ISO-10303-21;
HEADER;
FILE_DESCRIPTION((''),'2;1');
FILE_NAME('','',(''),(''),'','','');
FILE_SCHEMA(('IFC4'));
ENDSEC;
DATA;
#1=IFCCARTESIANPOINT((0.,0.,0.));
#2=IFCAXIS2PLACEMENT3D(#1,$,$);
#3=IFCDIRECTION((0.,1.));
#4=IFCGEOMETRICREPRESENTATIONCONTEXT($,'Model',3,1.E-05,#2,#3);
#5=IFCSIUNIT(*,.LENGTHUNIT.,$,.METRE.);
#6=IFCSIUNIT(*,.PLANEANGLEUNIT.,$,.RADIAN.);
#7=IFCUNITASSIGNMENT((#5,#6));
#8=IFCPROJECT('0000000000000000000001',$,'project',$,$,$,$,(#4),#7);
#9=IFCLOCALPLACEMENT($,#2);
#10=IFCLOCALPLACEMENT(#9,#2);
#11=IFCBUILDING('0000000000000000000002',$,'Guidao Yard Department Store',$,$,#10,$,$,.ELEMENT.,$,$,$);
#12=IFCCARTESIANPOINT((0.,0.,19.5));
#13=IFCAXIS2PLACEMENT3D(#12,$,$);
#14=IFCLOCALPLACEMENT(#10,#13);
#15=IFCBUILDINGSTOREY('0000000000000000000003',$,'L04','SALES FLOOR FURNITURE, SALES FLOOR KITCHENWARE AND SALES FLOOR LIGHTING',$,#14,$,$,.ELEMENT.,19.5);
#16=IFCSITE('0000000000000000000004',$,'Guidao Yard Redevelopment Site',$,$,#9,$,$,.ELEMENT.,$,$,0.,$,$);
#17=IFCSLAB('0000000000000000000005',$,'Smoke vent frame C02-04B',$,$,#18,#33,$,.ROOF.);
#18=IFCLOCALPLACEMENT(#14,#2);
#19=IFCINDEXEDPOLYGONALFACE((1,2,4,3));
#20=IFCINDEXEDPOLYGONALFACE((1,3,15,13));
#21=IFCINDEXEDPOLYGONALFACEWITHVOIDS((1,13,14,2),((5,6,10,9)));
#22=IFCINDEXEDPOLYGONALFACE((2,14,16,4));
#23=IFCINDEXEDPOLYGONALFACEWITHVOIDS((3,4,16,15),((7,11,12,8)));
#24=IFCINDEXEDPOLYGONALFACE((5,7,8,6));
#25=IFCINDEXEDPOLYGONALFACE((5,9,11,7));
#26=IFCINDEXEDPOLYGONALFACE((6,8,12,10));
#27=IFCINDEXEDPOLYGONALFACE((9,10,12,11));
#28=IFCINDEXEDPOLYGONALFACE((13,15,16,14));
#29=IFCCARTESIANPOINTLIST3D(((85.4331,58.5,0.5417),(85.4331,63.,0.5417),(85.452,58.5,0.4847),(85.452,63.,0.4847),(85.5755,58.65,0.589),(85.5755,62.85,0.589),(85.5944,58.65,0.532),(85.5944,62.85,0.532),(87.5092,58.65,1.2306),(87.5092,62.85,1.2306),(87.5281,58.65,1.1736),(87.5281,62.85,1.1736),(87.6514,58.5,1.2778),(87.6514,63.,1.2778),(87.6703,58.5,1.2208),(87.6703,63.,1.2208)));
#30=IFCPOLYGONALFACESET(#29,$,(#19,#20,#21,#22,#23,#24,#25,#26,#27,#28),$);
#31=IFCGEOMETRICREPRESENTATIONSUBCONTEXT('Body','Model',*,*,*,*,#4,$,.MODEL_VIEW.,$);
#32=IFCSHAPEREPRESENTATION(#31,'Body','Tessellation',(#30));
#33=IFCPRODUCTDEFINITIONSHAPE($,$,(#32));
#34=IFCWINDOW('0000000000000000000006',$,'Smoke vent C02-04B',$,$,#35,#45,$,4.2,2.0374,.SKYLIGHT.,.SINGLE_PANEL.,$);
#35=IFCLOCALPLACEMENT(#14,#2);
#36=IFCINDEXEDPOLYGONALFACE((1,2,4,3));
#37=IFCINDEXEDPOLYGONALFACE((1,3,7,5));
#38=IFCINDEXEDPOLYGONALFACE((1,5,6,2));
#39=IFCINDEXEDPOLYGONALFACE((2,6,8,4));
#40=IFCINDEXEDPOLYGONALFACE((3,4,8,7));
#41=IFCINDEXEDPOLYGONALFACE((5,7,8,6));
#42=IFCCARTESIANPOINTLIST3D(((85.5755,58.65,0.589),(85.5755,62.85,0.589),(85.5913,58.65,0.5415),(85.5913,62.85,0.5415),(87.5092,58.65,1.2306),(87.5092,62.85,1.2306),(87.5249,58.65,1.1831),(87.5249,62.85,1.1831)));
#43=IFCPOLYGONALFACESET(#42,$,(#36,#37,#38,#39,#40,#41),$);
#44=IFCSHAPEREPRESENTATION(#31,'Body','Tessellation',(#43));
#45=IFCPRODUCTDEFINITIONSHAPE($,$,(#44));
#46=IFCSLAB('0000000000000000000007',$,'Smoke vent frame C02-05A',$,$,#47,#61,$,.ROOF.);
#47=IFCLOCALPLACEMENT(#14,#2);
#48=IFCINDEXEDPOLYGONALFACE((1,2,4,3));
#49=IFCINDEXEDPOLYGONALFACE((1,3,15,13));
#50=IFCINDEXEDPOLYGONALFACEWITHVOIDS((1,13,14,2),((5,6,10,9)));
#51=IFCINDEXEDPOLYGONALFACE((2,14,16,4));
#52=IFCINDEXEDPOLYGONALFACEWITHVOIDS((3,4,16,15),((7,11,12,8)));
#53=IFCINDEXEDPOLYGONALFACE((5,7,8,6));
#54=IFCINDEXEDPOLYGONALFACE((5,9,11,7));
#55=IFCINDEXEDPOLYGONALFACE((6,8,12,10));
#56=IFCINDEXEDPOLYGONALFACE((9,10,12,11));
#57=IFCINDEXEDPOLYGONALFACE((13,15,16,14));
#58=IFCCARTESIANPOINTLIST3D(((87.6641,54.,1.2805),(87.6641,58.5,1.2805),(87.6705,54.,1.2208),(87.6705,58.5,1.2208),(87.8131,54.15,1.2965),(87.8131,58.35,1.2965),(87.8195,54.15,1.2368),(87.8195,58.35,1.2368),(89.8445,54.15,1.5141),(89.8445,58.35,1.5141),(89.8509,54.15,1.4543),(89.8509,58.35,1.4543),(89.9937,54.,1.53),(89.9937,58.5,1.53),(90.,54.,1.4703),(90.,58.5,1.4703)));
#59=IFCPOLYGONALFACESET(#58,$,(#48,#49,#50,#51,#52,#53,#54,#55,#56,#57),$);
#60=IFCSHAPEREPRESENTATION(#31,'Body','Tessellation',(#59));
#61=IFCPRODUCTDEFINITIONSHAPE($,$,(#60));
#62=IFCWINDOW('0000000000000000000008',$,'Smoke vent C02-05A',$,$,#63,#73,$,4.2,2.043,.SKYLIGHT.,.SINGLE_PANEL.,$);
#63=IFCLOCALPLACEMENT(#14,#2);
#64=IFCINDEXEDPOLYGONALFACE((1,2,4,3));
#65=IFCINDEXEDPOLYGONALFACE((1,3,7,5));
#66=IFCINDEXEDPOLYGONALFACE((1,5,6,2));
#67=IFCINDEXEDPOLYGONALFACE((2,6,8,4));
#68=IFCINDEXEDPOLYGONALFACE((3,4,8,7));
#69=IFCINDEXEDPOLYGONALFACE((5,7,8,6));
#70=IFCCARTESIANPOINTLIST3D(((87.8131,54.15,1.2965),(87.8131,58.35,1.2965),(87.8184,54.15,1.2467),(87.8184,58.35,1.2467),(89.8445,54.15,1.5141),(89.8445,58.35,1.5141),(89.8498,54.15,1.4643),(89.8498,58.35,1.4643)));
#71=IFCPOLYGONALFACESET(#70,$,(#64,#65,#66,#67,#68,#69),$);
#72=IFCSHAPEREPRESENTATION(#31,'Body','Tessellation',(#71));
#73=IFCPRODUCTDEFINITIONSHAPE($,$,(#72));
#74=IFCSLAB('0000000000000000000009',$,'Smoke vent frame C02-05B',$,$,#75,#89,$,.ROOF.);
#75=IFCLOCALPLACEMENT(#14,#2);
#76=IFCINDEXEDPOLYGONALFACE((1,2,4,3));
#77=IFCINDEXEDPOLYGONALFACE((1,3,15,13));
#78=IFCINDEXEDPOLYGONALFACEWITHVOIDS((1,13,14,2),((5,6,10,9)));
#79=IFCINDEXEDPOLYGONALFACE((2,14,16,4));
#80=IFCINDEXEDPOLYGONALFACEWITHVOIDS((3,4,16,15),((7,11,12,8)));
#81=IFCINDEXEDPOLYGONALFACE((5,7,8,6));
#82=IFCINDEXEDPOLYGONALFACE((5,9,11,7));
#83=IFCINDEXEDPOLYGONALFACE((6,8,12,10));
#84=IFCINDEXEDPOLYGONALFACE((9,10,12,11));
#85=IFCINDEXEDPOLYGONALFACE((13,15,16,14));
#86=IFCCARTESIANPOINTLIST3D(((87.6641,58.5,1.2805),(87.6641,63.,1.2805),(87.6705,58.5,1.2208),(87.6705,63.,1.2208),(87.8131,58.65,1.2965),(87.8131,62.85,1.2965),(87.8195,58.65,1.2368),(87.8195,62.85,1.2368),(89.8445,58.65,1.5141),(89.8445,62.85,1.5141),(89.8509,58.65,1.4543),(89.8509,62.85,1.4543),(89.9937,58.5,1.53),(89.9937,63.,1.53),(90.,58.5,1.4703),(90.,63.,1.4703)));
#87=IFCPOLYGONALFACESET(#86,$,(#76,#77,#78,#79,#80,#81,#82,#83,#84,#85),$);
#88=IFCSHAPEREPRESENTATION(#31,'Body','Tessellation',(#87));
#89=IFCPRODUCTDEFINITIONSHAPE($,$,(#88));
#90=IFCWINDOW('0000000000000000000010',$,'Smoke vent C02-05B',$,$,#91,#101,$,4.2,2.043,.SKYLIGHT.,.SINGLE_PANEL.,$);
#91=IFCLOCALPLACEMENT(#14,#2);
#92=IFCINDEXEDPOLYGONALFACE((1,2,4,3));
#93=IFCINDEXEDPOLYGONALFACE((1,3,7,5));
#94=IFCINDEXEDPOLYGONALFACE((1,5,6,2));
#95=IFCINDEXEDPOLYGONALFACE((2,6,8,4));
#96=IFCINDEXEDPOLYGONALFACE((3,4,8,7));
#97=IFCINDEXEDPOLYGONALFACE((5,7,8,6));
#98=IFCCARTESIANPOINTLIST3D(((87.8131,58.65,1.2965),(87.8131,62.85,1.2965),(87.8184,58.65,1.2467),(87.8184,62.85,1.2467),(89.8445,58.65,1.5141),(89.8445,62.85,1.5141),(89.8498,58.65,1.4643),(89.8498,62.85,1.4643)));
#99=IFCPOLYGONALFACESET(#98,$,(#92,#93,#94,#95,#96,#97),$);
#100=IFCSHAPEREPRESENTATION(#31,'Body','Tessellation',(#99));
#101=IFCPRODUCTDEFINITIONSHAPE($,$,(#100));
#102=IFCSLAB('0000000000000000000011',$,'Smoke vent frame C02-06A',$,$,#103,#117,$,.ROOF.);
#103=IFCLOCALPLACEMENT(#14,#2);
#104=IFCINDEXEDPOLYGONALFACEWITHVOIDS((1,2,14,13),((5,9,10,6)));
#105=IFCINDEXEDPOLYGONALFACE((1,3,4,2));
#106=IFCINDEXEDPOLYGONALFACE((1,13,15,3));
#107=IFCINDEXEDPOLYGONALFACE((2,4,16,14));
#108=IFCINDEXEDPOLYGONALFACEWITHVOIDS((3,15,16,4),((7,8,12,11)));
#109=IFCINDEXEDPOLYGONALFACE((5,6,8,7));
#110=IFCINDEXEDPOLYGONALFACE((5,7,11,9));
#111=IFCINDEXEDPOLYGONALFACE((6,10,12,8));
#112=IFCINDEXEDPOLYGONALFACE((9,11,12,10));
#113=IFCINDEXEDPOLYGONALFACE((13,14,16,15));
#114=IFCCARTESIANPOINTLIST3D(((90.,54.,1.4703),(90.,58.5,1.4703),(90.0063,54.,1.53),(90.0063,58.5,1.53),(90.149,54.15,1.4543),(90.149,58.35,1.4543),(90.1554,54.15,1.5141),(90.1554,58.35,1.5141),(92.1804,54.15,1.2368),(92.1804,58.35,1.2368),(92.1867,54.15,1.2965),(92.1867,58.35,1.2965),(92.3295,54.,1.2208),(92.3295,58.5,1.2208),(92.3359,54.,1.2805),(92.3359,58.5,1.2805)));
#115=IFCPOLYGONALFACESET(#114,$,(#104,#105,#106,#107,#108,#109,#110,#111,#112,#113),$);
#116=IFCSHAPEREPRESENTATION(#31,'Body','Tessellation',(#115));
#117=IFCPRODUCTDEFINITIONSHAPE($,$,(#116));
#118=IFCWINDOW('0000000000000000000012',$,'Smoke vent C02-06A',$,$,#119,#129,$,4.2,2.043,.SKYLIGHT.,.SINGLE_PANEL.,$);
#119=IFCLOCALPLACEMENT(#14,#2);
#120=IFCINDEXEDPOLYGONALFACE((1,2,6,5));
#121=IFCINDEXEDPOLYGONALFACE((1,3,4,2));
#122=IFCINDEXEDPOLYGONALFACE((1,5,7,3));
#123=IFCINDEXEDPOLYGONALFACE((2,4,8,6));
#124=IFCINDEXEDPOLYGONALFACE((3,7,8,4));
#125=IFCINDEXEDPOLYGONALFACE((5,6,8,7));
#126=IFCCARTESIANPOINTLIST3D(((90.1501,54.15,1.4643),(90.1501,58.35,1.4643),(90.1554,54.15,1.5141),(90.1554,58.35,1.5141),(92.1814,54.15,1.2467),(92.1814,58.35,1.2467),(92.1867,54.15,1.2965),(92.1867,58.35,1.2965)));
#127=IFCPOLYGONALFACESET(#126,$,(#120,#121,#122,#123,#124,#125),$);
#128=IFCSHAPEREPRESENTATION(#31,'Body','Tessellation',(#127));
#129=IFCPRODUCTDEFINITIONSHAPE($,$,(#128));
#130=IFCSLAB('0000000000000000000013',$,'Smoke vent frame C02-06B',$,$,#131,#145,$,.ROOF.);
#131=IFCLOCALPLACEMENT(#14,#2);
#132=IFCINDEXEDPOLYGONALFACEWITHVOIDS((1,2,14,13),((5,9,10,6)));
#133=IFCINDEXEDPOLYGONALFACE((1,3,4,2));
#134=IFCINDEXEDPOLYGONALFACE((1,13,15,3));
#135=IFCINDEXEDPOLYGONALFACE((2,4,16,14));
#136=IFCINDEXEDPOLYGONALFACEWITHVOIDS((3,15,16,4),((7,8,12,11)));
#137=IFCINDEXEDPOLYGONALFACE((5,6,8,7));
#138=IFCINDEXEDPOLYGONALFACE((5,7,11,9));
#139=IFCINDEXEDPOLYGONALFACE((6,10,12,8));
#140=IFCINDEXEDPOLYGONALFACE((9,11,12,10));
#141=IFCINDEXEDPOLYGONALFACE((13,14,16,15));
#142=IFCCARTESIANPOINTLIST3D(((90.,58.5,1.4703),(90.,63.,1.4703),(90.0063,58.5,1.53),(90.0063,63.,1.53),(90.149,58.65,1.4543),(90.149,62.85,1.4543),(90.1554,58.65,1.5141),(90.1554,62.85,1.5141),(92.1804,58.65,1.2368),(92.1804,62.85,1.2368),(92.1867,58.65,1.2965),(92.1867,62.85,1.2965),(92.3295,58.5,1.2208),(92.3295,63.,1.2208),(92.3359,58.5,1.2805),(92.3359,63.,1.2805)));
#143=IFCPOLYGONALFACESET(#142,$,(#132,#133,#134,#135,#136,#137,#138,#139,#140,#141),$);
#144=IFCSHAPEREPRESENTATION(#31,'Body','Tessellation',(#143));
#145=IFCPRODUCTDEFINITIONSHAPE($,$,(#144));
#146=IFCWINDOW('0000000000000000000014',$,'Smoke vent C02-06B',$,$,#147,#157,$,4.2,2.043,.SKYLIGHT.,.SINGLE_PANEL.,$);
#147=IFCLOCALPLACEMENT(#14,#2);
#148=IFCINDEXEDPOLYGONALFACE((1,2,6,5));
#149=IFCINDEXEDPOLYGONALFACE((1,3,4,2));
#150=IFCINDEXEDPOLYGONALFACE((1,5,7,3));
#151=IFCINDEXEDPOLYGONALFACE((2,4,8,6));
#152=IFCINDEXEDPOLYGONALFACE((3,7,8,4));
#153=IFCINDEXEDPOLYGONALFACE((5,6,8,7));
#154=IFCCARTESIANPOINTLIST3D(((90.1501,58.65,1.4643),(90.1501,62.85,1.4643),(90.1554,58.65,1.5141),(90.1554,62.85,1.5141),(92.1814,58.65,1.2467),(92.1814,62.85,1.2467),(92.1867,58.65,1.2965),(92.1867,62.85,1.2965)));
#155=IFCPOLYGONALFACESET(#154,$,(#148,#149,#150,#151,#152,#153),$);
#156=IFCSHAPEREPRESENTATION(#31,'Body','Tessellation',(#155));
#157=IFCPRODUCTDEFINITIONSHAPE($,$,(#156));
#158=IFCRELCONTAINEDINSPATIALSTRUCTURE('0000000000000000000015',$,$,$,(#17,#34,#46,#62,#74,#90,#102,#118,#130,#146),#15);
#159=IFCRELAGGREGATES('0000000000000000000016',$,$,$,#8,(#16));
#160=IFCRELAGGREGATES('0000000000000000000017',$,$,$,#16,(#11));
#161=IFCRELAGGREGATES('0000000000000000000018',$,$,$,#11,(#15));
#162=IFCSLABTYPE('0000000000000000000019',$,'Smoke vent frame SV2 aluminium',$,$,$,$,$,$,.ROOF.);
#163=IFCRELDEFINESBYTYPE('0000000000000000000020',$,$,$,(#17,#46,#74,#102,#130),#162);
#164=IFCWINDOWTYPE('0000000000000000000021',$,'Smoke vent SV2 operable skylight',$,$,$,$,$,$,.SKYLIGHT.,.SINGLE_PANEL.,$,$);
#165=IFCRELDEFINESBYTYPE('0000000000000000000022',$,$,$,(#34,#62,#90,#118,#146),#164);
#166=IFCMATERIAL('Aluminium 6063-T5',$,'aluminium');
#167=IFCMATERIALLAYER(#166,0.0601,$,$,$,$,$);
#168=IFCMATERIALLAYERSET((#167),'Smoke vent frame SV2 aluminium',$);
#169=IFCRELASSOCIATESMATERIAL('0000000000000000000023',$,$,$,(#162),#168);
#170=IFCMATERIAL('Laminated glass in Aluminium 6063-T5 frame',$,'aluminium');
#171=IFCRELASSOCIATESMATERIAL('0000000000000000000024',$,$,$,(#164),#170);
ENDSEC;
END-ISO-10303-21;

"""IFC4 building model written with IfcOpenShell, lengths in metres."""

from ifc_helpers import new_model, si_unit, direction, frame, origin, origin_2d, place, context, subcontext, project, spatial, polyline, rectangle, outline, extrude, material, layer, layer_set, type_object, element, fill, save


model = new_model("IFC4")

# Units and contexts
model_context = context("Model", 3, precision=1e-05, world=origin(), true_north=direction((0.0, 1.0)))
body_context = subcontext(model_context, "Body", "Model", "MODEL_VIEW")
ifc_project = project(units=[si_unit("LENGTHUNIT", "METRE"), si_unit("PLANEANGLEUNIT", "RADIAN")], contexts=[model_context])

# Site, building, storey
site_placement = place(None, origin())
site = spatial("IfcSite", under=ifc_project, at=site_placement, Name="Guidao Yard Redevelopment Site", CompositionType="ELEMENT", RefElevation=0.0)
building_placement = place(site_placement, origin())
building = spatial("IfcBuilding", under=site, at=building_placement, Name="Guidao Yard Department Store", CompositionType="ELEMENT")
storey_placement = place(building_placement, frame((0.0, 0.0, 19.5)))
storey = spatial("IfcBuildingStorey", under=building, at=storey_placement, Name="L04", Description="SALES FLOOR FURNITURE, SALES FLOOR KITCHENWARE AND SALES FLOOR LIGHTING", CompositionType="ELEMENT", Elevation=19.5)

# Slabs, openings, windows
ifc_material_1 = material(Name="Aluminium 6063-T5", Category="aluminium")
ifc_layer = layer(ifc_material_1, 0.0601)
ifc_layer_set = layer_set([ifc_layer], Name="Smoke vent frame SV2 aluminium")
slab_type = type_object("IfcSlabType", Name="Smoke vent frame SV2 aluminium", PredefinedType="ROOF", material=ifc_layer_set)
slab_1_placement = place(storey_placement, frame((85.4331, 58.5, 0.5417), z_axis=(-0.314943, 0.0, 0.949111), x_axis=(0.949111, 0.0, 0.314943)))
slab_1 = element("IfcSlab", 1, at=slab_1_placement, inside=storey, type_object=slab_type, Name="Smoke vent frame C02-04B", PredefinedType="ROOF", context=body_context, shape_type="SweptSolid", body=[
    extrude(outline(polyline([(0.0, 0.0), (2.3372, 0.0), (2.3372, 4.5), (0.0, 4.5), (0.0, 0.0)])), origin(), (0.0, 0.0, -1.0), 0.0601),
])
opening_1_placement = place(slab_1_placement, frame((1.1687, 2.25, 0.0)))
opening_1 = element("IfcOpeningElement", 2, at=opening_1_placement, cuts=slab_1, PredefinedType="OPENING", context=body_context, shape_type="SweptSolid", body=[
    extrude(rectangle(XDim=2.0374, YDim=4.2, at=origin_2d()), frame((0.0, 0.0, 0.01)), (0.0, 0.0, -1.0), 0.0801),
])
ifc_material_2 = material(Name="Laminated glass in Aluminium 6063-T5 frame", Category="aluminium")
window_type = type_object("IfcWindowType", Name="Smoke vent SV2 operable skylight", PartitioningType="SINGLE_PANEL", PredefinedType="SKYLIGHT", material=ifc_material_2)
window_1_placement = place(opening_1_placement, frame((0.0, 0.0, -0.05)))
window_1 = element("IfcWindow", 3, at=window_1_placement, inside=storey, type_object=window_type, Name="Smoke vent C02-04B", OverallHeight=4.2, OverallWidth=2.0374, PartitioningType="SINGLE_PANEL", PredefinedType="SKYLIGHT", context=body_context, shape_type="SweptSolid", body=[
    extrude(rectangle(XDim=2.0374, YDim=4.2, at=origin_2d()), origin(), (0.0, 0.0, 1.0), 0.05),
])
fill(opening_1, window_1)
slab_2_placement = place(storey_placement, frame((87.6641, 54.0, 1.2805), z_axis=(-0.106496, 0.0, 0.994313), x_axis=(0.994313, 0.0, 0.106496)))
slab_2 = element("IfcSlab", 4, at=slab_2_placement, inside=storey, type_object=slab_type, Name="Smoke vent frame C02-05A", PredefinedType="ROOF", context=body_context, shape_type="SweptSolid", body=[
    extrude(outline(polyline([(0.0, 0.0), (2.3429, 0.0), (2.3429, 4.5), (0.0, 4.5), (0.0, 0.0)])), origin(), (0.0, 0.0, -1.0), 0.0601),
])
opening_2_placement = place(slab_2_placement, frame((1.1714, 2.25, 0.0)))
opening_2 = element("IfcOpeningElement", 5, at=opening_2_placement, cuts=slab_2, PredefinedType="OPENING", context=body_context, shape_type="SweptSolid", body=[
    extrude(rectangle(XDim=2.043, YDim=4.2, at=origin_2d()), frame((0.0, 0.0, 0.01)), (0.0, 0.0, -1.0), 0.0801),
])
window_2_placement = place(opening_2_placement, frame((0.0, 0.0, -0.05)))
window_2 = element("IfcWindow", 6, at=window_2_placement, inside=storey, type_object=window_type, Name="Smoke vent C02-05A", OverallHeight=4.2, OverallWidth=2.043, PartitioningType="SINGLE_PANEL", PredefinedType="SKYLIGHT", context=body_context, shape_type="SweptSolid", body=[
    extrude(rectangle(XDim=2.043, YDim=4.2, at=origin_2d()), origin(), (0.0, 0.0, 1.0), 0.05),
])
fill(opening_2, window_2)
slab_3_placement = place(storey_placement, frame((87.6641, 58.5, 1.2805), z_axis=(-0.106496, 0.0, 0.994313), x_axis=(0.994313, 0.0, 0.106496)))
slab_3 = element("IfcSlab", 7, at=slab_3_placement, inside=storey, type_object=slab_type, Name="Smoke vent frame C02-05B", PredefinedType="ROOF", context=body_context, shape_type="SweptSolid", body=[
    extrude(outline(polyline([(0.0, 0.0), (2.3429, 0.0), (2.3429, 4.5), (0.0, 4.5), (0.0, 0.0)])), origin(), (0.0, 0.0, -1.0), 0.0601),
])
opening_3_placement = place(slab_3_placement, frame((1.1714, 2.25, 0.0)))
opening_3 = element("IfcOpeningElement", 8, at=opening_3_placement, cuts=slab_3, PredefinedType="OPENING", context=body_context, shape_type="SweptSolid", body=[
    extrude(rectangle(XDim=2.043, YDim=4.2, at=origin_2d()), frame((0.0, 0.0, 0.01)), (0.0, 0.0, -1.0), 0.0801),
])
window_3_placement = place(opening_3_placement, frame((0.0, 0.0, -0.05)))
window_3 = element("IfcWindow", 9, at=window_3_placement, inside=storey, type_object=window_type, Name="Smoke vent C02-05B", OverallHeight=4.2, OverallWidth=2.043, PartitioningType="SINGLE_PANEL", PredefinedType="SKYLIGHT", context=body_context, shape_type="SweptSolid", body=[
    extrude(rectangle(XDim=2.043, YDim=4.2, at=origin_2d()), origin(), (0.0, 0.0, 1.0), 0.05),
])
fill(opening_3, window_3)
slab_4_placement = place(storey_placement, frame((90.0063, 54.0, 1.53), z_axis=(0.106496, 0.0, 0.994313), x_axis=(0.994313, 0.0, -0.106496)))
slab_4 = element("IfcSlab", 10, at=slab_4_placement, inside=storey, type_object=slab_type, Name="Smoke vent frame C02-06A", PredefinedType="ROOF", context=body_context, shape_type="SweptSolid", body=[
    extrude(outline(polyline([(0.0, 0.0), (2.3429, 0.0), (2.3429, 4.5), (0.0, 4.5), (0.0, 0.0)])), origin(), (0.0, 0.0, -1.0), 0.0601),
])
opening_4_placement = place(slab_4_placement, frame((1.1714, 2.25, 0.0)))
opening_4 = element("IfcOpeningElement", 11, at=opening_4_placement, cuts=slab_4, PredefinedType="OPENING", context=body_context, shape_type="SweptSolid", body=[
    extrude(rectangle(XDim=2.043, YDim=4.2, at=origin_2d()), frame((0.0, 0.0, 0.01)), (0.0, 0.0, -1.0), 0.0801),
])
window_4_placement = place(opening_4_placement, frame((0.0, 0.0, -0.05)))
window_4 = element("IfcWindow", 12, at=window_4_placement, inside=storey, type_object=window_type, Name="Smoke vent C02-06A", OverallHeight=4.2, OverallWidth=2.043, PartitioningType="SINGLE_PANEL", PredefinedType="SKYLIGHT", context=body_context, shape_type="SweptSolid", body=[
    extrude(rectangle(XDim=2.043, YDim=4.2, at=origin_2d()), origin(), (0.0, 0.0, 1.0), 0.05),
])
fill(opening_4, window_4)
slab_5_placement = place(storey_placement, frame((90.0063, 58.5, 1.53), z_axis=(0.106496, 0.0, 0.994313), x_axis=(0.994313, 0.0, -0.106496)))
slab_5 = element("IfcSlab", 13, at=slab_5_placement, inside=storey, type_object=slab_type, Name="Smoke vent frame C02-06B", PredefinedType="ROOF", context=body_context, shape_type="SweptSolid", body=[
    extrude(outline(polyline([(0.0, 0.0), (2.3429, 0.0), (2.3429, 4.5), (0.0, 4.5), (0.0, 0.0)])), origin(), (0.0, 0.0, -1.0), 0.0601),
])
opening_5_placement = place(slab_5_placement, frame((1.1714, 2.25, 0.0)))
opening_5 = element("IfcOpeningElement", 14, at=opening_5_placement, cuts=slab_5, PredefinedType="OPENING", context=body_context, shape_type="SweptSolid", body=[
    extrude(rectangle(XDim=2.043, YDim=4.2, at=origin_2d()), frame((0.0, 0.0, 0.01)), (0.0, 0.0, -1.0), 0.0801),
])
window_5_placement = place(opening_5_placement, frame((0.0, 0.0, -0.05)))
window_5 = element("IfcWindow", 15, at=window_5_placement, inside=storey, type_object=window_type, Name="Smoke vent C02-06B", OverallHeight=4.2, OverallWidth=2.043, PartitioningType="SINGLE_PANEL", PredefinedType="SKYLIGHT", context=body_context, shape_type="SweptSolid", body=[
    extrude(rectangle(XDim=2.043, YDim=4.2, at=origin_2d()), origin(), (0.0, 0.0, 1.0), 0.05),
])
fill(opening_5, window_5)

save(model, "model.ifc")
